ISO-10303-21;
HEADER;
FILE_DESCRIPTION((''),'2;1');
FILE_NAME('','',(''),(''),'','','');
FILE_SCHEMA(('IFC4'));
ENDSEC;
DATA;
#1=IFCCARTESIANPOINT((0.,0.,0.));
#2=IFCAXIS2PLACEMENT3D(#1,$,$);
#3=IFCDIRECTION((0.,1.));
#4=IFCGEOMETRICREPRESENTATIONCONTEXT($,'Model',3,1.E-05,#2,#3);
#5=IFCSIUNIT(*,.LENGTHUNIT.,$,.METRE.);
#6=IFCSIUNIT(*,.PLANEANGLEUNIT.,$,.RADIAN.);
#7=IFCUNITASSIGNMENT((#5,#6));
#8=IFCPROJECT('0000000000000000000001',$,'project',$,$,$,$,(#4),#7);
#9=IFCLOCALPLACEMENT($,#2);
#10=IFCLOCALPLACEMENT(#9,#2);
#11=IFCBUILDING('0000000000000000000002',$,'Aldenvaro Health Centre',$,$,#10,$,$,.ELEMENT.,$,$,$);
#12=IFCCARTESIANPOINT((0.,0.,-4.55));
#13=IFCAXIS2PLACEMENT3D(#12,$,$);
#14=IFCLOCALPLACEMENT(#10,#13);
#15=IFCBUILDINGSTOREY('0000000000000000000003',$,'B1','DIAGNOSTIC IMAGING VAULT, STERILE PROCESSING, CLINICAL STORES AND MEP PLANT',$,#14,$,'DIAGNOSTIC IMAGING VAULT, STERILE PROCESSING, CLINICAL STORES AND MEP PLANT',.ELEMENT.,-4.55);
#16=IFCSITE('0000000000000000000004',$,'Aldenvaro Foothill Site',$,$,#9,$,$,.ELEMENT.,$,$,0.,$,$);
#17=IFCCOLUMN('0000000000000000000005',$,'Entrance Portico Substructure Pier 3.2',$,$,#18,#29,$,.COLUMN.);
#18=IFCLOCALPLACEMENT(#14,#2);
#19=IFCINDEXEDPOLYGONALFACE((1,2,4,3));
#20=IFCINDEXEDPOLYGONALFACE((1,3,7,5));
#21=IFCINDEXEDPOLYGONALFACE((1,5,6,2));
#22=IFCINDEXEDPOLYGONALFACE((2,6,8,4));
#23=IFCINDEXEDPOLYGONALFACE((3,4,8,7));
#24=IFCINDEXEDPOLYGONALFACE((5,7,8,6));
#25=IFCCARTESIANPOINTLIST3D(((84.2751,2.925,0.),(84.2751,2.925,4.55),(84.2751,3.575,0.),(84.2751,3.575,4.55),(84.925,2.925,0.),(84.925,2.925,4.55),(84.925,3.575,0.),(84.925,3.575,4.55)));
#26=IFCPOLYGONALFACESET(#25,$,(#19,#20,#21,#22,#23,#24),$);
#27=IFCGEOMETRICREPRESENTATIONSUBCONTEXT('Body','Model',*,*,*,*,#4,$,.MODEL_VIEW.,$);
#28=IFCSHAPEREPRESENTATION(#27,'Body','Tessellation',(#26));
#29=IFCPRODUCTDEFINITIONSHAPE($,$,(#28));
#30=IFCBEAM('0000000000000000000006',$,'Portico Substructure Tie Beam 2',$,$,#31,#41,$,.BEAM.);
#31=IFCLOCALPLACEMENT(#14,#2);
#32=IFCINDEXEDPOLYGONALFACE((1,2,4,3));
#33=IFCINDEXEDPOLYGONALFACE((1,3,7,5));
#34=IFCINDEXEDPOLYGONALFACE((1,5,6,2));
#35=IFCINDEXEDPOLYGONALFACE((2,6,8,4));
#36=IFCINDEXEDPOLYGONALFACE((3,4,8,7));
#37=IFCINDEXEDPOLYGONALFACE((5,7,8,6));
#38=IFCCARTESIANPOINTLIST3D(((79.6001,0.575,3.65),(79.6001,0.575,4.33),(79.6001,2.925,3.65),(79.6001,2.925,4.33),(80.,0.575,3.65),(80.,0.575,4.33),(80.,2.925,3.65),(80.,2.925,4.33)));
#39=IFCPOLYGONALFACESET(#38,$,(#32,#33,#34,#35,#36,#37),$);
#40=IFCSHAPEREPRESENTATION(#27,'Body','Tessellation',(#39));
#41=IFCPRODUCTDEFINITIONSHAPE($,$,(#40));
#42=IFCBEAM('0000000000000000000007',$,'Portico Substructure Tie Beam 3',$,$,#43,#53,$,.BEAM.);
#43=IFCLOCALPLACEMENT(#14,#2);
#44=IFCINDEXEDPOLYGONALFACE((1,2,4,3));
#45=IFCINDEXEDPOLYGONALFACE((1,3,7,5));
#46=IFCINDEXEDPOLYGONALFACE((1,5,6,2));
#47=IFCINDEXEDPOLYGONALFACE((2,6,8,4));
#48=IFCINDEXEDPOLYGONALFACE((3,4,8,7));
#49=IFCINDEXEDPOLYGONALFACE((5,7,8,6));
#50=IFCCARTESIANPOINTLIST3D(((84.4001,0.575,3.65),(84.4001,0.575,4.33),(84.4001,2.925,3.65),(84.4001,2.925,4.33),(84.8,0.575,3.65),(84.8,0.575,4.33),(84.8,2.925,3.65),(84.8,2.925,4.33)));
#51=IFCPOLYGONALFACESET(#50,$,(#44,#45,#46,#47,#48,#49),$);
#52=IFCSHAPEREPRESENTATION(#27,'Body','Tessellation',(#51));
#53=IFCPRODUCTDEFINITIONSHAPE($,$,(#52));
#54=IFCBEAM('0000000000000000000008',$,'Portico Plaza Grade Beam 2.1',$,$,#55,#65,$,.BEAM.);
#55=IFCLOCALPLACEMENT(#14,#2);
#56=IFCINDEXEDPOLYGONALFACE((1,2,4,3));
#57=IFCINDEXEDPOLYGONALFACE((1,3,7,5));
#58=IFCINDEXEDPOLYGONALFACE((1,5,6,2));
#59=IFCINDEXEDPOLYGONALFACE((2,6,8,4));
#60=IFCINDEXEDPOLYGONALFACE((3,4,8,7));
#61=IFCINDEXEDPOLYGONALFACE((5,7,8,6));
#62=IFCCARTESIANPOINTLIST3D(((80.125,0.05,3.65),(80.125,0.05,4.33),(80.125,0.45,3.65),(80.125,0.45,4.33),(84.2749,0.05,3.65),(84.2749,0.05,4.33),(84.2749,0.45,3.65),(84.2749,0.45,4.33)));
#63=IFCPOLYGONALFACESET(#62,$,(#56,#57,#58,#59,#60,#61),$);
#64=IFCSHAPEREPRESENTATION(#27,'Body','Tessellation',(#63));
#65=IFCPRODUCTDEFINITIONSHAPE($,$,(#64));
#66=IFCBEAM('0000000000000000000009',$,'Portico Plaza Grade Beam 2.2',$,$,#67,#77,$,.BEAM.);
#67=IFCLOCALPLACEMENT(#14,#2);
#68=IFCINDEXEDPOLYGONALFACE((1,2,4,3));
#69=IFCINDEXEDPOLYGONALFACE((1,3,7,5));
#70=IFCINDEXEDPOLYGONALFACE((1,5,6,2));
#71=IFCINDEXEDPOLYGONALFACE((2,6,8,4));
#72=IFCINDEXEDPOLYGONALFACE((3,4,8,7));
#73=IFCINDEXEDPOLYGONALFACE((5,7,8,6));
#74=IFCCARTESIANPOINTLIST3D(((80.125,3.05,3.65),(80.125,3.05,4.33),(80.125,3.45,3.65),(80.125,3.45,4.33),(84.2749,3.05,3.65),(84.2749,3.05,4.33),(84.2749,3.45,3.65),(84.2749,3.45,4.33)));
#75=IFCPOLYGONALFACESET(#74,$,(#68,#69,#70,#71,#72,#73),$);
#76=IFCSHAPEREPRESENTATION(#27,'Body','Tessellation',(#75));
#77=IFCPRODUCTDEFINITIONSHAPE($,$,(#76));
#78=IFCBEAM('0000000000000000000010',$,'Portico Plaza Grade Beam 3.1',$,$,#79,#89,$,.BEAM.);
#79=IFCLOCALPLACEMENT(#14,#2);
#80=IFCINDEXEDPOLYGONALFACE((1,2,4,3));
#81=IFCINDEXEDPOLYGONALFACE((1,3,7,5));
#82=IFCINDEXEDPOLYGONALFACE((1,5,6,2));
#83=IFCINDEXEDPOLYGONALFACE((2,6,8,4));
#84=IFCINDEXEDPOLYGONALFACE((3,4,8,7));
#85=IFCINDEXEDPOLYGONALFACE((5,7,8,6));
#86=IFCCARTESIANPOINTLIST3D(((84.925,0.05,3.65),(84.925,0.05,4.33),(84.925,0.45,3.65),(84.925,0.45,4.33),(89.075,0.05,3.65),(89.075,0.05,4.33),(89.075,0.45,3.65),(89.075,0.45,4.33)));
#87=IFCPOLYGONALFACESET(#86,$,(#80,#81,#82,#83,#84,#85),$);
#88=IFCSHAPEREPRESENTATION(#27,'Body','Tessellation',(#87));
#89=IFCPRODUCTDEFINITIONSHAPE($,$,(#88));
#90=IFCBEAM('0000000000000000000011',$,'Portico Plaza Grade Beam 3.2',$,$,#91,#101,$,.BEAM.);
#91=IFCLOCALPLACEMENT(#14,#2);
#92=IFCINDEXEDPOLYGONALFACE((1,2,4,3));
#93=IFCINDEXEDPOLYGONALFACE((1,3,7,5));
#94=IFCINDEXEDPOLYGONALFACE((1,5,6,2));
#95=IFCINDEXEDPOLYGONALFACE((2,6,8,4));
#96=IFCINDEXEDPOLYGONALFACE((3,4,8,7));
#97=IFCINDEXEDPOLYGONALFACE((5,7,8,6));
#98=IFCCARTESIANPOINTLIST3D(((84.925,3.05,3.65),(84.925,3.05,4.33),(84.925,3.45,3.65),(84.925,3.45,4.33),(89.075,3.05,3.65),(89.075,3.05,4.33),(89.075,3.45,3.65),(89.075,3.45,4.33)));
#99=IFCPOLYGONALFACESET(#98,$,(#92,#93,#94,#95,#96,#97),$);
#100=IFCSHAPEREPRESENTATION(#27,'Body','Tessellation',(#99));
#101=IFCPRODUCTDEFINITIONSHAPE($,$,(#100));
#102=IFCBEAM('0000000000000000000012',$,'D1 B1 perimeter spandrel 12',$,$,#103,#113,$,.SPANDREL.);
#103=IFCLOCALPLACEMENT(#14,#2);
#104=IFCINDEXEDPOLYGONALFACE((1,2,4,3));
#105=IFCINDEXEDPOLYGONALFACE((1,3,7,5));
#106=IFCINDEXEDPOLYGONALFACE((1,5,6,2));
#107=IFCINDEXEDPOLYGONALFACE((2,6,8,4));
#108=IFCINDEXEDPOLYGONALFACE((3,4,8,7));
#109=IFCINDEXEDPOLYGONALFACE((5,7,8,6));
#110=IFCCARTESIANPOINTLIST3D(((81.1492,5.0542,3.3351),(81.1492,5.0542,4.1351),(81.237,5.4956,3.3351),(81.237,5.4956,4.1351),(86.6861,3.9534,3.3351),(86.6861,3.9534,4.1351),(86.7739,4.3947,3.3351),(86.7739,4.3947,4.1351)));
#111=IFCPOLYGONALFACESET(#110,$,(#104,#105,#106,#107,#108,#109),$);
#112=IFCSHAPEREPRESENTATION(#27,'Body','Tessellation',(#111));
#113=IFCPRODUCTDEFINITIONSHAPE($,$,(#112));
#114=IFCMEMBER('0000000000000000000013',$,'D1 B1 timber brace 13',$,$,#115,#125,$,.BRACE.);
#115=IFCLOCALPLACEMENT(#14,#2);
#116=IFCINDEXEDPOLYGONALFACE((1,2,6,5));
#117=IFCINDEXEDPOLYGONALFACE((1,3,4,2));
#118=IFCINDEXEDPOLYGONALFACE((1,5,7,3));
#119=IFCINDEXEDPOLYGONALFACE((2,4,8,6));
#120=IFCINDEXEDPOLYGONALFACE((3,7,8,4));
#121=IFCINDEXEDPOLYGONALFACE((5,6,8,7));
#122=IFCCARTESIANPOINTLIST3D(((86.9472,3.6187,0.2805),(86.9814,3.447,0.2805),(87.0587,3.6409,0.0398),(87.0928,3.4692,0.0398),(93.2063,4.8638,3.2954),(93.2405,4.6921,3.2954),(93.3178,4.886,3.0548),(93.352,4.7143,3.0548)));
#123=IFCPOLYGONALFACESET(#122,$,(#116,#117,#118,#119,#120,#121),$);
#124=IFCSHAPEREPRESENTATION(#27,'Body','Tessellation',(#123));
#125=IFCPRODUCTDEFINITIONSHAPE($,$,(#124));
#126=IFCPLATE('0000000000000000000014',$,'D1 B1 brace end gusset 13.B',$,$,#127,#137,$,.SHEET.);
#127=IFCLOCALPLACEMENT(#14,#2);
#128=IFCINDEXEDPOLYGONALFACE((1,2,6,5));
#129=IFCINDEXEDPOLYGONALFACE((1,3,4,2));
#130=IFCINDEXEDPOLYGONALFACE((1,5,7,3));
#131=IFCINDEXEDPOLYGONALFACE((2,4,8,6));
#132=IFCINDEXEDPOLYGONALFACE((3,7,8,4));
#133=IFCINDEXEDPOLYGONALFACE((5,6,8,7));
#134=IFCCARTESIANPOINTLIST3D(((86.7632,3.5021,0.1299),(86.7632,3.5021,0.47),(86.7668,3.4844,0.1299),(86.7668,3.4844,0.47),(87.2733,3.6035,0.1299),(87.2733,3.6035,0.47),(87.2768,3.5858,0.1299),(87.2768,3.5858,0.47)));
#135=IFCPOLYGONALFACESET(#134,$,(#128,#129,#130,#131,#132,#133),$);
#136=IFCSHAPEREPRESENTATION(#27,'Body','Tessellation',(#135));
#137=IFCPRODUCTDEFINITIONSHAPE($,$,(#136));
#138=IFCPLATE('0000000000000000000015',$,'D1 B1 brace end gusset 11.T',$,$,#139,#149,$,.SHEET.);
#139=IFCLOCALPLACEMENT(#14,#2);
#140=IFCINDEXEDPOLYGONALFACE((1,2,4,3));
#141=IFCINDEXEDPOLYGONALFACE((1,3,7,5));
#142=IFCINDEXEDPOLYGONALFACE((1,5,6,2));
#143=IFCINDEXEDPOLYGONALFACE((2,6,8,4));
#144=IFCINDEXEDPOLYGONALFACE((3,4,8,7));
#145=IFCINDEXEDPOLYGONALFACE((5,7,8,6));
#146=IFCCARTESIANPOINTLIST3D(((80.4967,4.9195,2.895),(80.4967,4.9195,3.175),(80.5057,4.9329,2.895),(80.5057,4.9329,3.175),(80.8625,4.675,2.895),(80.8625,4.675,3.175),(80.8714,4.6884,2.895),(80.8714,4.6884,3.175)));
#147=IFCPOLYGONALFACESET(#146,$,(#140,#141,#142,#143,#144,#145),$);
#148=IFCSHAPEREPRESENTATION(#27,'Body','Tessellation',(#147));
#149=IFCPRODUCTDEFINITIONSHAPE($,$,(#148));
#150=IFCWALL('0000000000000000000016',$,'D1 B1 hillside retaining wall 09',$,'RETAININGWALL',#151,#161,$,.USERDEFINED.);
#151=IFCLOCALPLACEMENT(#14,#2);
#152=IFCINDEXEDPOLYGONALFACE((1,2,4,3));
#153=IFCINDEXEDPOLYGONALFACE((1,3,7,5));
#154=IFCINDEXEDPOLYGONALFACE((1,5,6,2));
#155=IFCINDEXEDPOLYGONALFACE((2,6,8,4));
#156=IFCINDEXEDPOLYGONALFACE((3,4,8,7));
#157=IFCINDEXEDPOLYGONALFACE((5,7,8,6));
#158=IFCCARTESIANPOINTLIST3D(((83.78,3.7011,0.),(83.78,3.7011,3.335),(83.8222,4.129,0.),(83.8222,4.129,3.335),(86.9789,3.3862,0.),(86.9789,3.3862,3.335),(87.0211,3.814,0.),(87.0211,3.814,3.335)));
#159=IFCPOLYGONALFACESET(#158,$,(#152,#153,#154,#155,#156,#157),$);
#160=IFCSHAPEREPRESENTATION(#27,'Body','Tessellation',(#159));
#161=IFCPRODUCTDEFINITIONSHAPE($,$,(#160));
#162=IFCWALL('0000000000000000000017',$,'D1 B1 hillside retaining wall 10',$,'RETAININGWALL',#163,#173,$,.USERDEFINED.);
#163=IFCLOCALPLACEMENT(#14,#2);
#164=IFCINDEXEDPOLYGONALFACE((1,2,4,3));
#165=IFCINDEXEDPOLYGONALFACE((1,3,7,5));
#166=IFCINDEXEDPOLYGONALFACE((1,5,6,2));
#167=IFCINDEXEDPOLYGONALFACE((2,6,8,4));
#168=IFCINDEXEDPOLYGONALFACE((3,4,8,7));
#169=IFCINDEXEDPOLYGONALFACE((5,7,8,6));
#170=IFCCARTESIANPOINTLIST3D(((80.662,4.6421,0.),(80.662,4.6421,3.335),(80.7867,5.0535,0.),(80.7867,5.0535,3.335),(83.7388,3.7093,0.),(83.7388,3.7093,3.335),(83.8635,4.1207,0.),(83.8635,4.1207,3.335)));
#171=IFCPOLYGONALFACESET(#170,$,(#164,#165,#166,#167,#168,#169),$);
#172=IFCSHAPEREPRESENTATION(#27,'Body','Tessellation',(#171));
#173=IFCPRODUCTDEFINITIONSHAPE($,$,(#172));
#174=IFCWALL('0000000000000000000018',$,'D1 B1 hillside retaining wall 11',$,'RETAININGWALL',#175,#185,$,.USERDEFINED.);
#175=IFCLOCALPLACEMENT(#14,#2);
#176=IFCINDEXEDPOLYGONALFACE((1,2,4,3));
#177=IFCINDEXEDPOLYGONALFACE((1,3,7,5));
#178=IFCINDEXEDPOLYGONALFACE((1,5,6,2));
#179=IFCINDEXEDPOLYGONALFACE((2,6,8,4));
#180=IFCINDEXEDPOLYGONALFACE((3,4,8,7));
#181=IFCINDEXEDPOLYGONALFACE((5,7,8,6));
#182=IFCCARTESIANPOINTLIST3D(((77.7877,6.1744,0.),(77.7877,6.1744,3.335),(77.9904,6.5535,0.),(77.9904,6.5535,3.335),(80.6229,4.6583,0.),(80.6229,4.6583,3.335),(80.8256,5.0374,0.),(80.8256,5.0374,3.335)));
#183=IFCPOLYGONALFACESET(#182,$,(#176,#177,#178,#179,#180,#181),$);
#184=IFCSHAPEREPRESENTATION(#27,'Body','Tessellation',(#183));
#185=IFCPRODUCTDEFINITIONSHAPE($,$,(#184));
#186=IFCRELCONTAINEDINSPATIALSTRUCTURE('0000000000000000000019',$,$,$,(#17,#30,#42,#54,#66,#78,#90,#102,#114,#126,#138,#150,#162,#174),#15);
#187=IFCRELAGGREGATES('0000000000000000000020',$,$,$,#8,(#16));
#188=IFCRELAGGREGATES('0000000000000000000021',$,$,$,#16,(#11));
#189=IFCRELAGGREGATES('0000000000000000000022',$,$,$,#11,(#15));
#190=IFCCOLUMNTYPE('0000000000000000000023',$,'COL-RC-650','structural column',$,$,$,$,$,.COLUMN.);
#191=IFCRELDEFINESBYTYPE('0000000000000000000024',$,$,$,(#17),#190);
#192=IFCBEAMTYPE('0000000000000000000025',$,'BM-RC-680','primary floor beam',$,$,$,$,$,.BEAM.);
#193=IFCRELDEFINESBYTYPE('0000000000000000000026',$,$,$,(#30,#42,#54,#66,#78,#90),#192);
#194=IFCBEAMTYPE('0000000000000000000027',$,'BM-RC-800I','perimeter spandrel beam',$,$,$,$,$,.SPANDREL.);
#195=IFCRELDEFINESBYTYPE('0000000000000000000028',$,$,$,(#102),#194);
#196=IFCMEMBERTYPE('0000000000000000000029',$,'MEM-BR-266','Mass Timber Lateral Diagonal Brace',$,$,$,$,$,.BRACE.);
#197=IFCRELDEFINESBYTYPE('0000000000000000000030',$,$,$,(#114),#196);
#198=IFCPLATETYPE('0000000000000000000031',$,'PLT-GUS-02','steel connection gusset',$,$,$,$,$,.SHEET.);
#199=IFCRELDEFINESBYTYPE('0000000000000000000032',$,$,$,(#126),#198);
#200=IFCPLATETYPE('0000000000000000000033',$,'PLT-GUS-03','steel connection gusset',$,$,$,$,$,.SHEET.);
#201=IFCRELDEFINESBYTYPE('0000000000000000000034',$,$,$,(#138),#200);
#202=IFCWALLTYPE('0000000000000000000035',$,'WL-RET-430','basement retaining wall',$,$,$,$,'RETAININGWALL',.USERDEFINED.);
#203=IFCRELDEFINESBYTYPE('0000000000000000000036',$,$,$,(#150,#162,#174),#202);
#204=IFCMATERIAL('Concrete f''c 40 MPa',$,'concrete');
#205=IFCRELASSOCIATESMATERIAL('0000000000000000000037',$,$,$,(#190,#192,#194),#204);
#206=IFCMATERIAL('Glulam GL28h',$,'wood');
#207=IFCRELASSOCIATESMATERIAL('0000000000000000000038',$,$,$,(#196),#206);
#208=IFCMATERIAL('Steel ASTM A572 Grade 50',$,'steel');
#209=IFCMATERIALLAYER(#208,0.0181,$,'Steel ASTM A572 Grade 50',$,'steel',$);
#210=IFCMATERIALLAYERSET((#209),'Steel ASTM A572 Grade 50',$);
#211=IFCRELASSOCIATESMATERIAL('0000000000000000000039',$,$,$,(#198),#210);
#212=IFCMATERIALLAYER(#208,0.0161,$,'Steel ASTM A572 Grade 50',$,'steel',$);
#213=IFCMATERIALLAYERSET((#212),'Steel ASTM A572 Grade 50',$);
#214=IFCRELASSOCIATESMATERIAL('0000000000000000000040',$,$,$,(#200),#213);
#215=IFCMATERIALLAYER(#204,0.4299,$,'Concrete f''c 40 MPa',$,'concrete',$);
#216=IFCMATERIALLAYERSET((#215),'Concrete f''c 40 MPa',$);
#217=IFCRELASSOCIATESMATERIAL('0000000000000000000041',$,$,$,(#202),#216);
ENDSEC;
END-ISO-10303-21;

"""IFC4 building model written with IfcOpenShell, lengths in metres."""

from ifc_helpers import new_model, si_unit, direction, frame, frame_2d, origin, origin_2d, place, context, subcontext, project, spatial, rectangle, extrude, material, layer, layer_set, material_profile, profile_set, type_object, element, save


model = new_model("IFC4")

# Units and contexts
model_context = context("Model", 3, precision=1e-05, world=origin(), true_north=direction((0.0, 1.0)))
body_context = subcontext(model_context, "Body", "Model", "MODEL_VIEW")
ifc_project = project(units=[si_unit("LENGTHUNIT", "METRE"), si_unit("PLANEANGLEUNIT", "RADIAN")], contexts=[model_context])

# Site, building, storey
site_placement = place(None, origin())
site = spatial("IfcSite", under=ifc_project, at=site_placement, Name="Aldenvaro Foothill Site", CompositionType="ELEMENT", RefElevation=0.0)
building_placement = place(site_placement, origin())
building = spatial("IfcBuilding", under=site, at=building_placement, Name="Aldenvaro Health Centre", CompositionType="ELEMENT")
storey_placement = place(building_placement, frame((0.0, 0.0, -4.55)))
storey = spatial("IfcBuildingStorey", under=building, at=storey_placement, Name="B1", Description="DIAGNOSTIC IMAGING VAULT, STERILE PROCESSING, CLINICAL STORES AND MEP PLANT", LongName="DIAGNOSTIC IMAGING VAULT, STERILE PROCESSING, CLINICAL STORES AND MEP PLANT", CompositionType="ELEMENT", Elevation=-4.55)

# Shared definitions
ifc_material_1 = material(Name="Concrete f'c 40 MPa", Category="concrete")

# Column
ifc_material_profile_1 = material_profile(ifc_material_1, rectangle(XDim=0.6499, YDim=0.6499, at=origin_2d()), Name="RC 650x650", Category="concrete")
ifc_profile_set_1 = profile_set([ifc_material_profile_1], Name="Concrete f'c 40 MPa")
column_type_1 = type_object("IfcColumnType", Name="COL-RC-650", Description="structural column", PredefinedType="COLUMN", material=ifc_profile_set_1)
for number, where, z_axis, x_axis, name in (
    (1, (84.6001, 3.25, 0.0), (0.0, 0.0, 1.0), (1.0, 0.0, 0.0), "Entrance Portico Substructure Pier 3.2"),
):
    element("IfcColumn", number, at=place(storey_placement, frame(where, z_axis=z_axis, x_axis=x_axis)), inside=storey, type_object=column_type_1, Name=name, PredefinedType="COLUMN", context=body_context, shape_type="SweptSolid", body=[
        extrude(rectangle(XDim=0.6499, YDim=0.6499, at=origin_2d()), origin(), (0.0, 0.0, 1.0), 4.55),
    ])

# Beams
ifc_material_profile_2 = material_profile(ifc_material_1, rectangle(XDim=0.3999, YDim=0.6799, at=origin_2d()), Name="RC 400x680", Category="concrete")
ifc_profile_set_2 = profile_set([ifc_material_profile_2], Name="Concrete f'c 40 MPa")
beam_type_1 = type_object("IfcBeamType", Name="BM-RC-680", Description="primary floor beam", PredefinedType="BEAM", material=ifc_profile_set_2)
for number, where, z_axis, x_axis, name in (
    (2, (79.8, 0.575, 3.99), (0.0, 1.0, 0.0), (-1.0, 0.0, 0.0), "Portico Substructure Tie Beam 2"),
    (3, (84.6001, 0.575, 3.99), (0.0, 1.0, 0.0), (-1.0, 0.0, 0.0), "Portico Substructure Tie Beam 3"),
):
    element("IfcBeam", number, at=place(storey_placement, frame(where, z_axis=z_axis, x_axis=x_axis)), inside=storey, type_object=beam_type_1, Name=name, PredefinedType="BEAM", context=body_context, shape_type="SweptSolid", body=[
        extrude(rectangle(XDim=0.3999, YDim=0.6799, at=origin_2d()), origin(), (0.0, 0.0, 1.0), 2.3501),
    ])
for number, where, z_axis, x_axis, name in (
    (4, (80.125, 0.25, 3.99), (1.0, 0.0, 0.0), (0.0, 1.0, 0.0), "Portico Plaza Grade Beam 2.1"),
    (5, (80.125, 3.25, 3.99), (1.0, 0.0, 0.0), (0.0, 1.0, 0.0), "Portico Plaza Grade Beam 2.2"),
    (6, (84.925, 0.25, 3.99), (1.0, 0.0, 0.0), (0.0, 1.0, 0.0), "Portico Plaza Grade Beam 3.1"),
    (7, (84.925, 3.25, 3.99), (1.0, 0.0, 0.0), (0.0, 1.0, 0.0), "Portico Plaza Grade Beam 3.2"),
):
    element("IfcBeam", number, at=place(storey_placement, frame(where, z_axis=z_axis, x_axis=x_axis)), inside=storey, type_object=beam_type_1, Name=name, PredefinedType="BEAM", context=body_context, shape_type="SweptSolid", body=[
        extrude(rectangle(XDim=0.3999, YDim=0.6799, at=origin_2d()), origin(), (0.0, 0.0, 1.0), 4.1499),
    ])
ifc_material_profile_3 = material_profile(ifc_material_1, rectangle(XDim=0.45, YDim=0.8, at=origin_2d()), Name="RC 450x800", Category="concrete")
ifc_profile_set_3 = profile_set([ifc_material_profile_3], Name="Concrete f'c 40 MPa")
beam_type_2 = type_object("IfcBeamType", Name="BM-RC-800I", Description="perimeter spandrel beam", PredefinedType="SPANDREL", material=ifc_profile_set_3)
beam_placement = place(storey_placement, frame((81.1931, 5.2749, 3.7351), z_axis=(0.980803, -0.195002, 0.0), x_axis=(0.195002, 0.980803, 0.0)))
element("IfcBeam", 8, at=beam_placement, inside=storey, type_object=beam_type_2, Name="D1 B1 perimeter spandrel 12", PredefinedType="SPANDREL", context=body_context, shape_type="SweptSolid", body=[
    extrude(rectangle(XDim=0.45, YDim=0.8, at=origin_2d()), origin(), (0.0, 0.0, 1.0), 5.6453),
])

# Member
ifc_material_2 = material(Name="Glulam GL28h", Category="wood")
ifc_material_profile_4 = material_profile(ifc_material_2, rectangle(XDim=0.175, YDim=0.2661, at=origin_2d()), Name="GL 175x266", Category="wood")
ifc_profile_set_4 = profile_set([ifc_material_profile_4], Name="Glulam GL28h")
member_type = type_object("IfcMemberType", Name="MEM-BR-266", Description="Mass Timber Lateral Diagonal Brace", PredefinedType="BRACE", material=ifc_profile_set_4)
member_placement = place(storey_placement, frame((87.02, 3.5439, 0.1602), z_axis=(0.8868, 0.176412, 0.42716), x_axis=(-0.195108, 0.980782, 0.0)))
element("IfcMember", 9, at=member_placement, inside=storey, type_object=member_type, Name="D1 B1 timber brace 13", PredefinedType="BRACE", context=body_context, shape_type="SweptSolid", body=[
    extrude(rectangle(XDim=0.175, YDim=0.2661, at=origin_2d()), origin(), (0.0, 0.0, 1.0), 7.0581),
])

# Plates
ifc_material_3 = material(Name="Steel ASTM A572 Grade 50", Category="steel")
ifc_layer_1 = layer(ifc_material_3, 0.0181, Name="Steel ASTM A572 Grade 50", Category="steel")
ifc_layer_set_1 = layer_set([ifc_layer_1], Name="Steel ASTM A572 Grade 50")
plate_type_1 = type_object("IfcPlateType", Name="PLT-GUS-02", Description="steel connection gusset", PredefinedType="SHEET", material=ifc_layer_set_1)
plate_1_placement = place(storey_placement, frame((87.02, 3.5439, 0.1299), z_axis=(0.0, 0.0, 1.0), x_axis=(0.980785, 0.19509, 0.0)))
element("IfcPlate", 10, at=plate_1_placement, inside=storey, type_object=plate_type_1, Name="D1 B1 brace end gusset 13.B", PredefinedType="SHEET", context=body_context, shape_type="SweptSolid", body=[
    extrude(rectangle(XDim=0.52, YDim=0.0181, at=origin_2d()), origin(), (0.0, 0.0, 1.0), 0.3401),
])
ifc_layer_2 = layer(ifc_material_3, 0.0161, Name="Steel ASTM A572 Grade 50", Category="steel")
ifc_layer_set_2 = layer_set([ifc_layer_2], Name="Steel ASTM A572 Grade 50")
plate_type_2 = type_object("IfcPlateType", Name="PLT-GUS-03", Description="steel connection gusset", PredefinedType="SHEET", material=ifc_layer_set_2)
plate_2_placement = place(storey_placement, frame((80.6841, 4.804, 2.895), z_axis=(0.0, 0.0, 1.0), x_axis=(0.831421, -0.555643, 0.0)))
element("IfcPlate", 11, at=plate_2_placement, inside=storey, type_object=plate_type_2, Name="D1 B1 brace end gusset 11.T", PredefinedType="SHEET", context=body_context, shape_type="SweptSolid", body=[
    extrude(rectangle(XDim=0.4399, YDim=0.0161, at=origin_2d()), origin(), (0.0, 0.0, 1.0), 0.28),
])

# Walls
ifc_layer_3 = layer(ifc_material_1, 0.4299, Name="Concrete f'c 40 MPa", Category="concrete")
ifc_layer_set_3 = layer_set([ifc_layer_3], Name="Concrete f'c 40 MPa")
wall_type = type_object("IfcWallType", Name="WL-RET-430", Description="basement retaining wall", ElementType="RETAININGWALL", PredefinedType="USERDEFINED", material=ifc_layer_set_3)
wall_placement = place(storey_placement, frame((87.0, 3.6001, 0.0), z_axis=(0.0, 0.0, 1.0), x_axis=(-0.995189, 0.097977, 0.0)))
element("IfcWall", 12, at=wall_placement, inside=storey, type_object=wall_type, Name="D1 B1 hillside retaining wall 09", ObjectType="RETAININGWALL", PredefinedType="USERDEFINED", context=body_context, shape_type="SweptSolid", body=[
    extrude(rectangle(XDim=3.2144, YDim=0.4299, at=frame_2d((1.6072, 0.0))), origin(), (0.0, 0.0, 1.0), 3.335),
])
for number, where, z_axis, x_axis, name in (
    (13, (83.801, 3.915, 0.0), (0.0, 0.0, 1.0), (-0.956984, 0.29014, 0.0), "D1 B1 hillside retaining wall 10"),
    (14, (80.7241, 4.8479, 0.0), (0.0, 0.0, 1.0), (-0.881835, 0.471558, 0.0), "D1 B1 hillside retaining wall 11"),
):
    element("IfcWall", number, at=place(storey_placement, frame(where, z_axis=z_axis, x_axis=x_axis)), inside=storey, type_object=wall_type, Name=name, ObjectType="RETAININGWALL", PredefinedType="USERDEFINED", context=body_context, shape_type="SweptSolid", body=[
        extrude(rectangle(XDim=3.2151, YDim=0.4299, at=frame_2d((1.6074, 0.0))), origin(), (0.0, 0.0, 1.0), 3.335),
    ])

save(model, "model.ifc")
